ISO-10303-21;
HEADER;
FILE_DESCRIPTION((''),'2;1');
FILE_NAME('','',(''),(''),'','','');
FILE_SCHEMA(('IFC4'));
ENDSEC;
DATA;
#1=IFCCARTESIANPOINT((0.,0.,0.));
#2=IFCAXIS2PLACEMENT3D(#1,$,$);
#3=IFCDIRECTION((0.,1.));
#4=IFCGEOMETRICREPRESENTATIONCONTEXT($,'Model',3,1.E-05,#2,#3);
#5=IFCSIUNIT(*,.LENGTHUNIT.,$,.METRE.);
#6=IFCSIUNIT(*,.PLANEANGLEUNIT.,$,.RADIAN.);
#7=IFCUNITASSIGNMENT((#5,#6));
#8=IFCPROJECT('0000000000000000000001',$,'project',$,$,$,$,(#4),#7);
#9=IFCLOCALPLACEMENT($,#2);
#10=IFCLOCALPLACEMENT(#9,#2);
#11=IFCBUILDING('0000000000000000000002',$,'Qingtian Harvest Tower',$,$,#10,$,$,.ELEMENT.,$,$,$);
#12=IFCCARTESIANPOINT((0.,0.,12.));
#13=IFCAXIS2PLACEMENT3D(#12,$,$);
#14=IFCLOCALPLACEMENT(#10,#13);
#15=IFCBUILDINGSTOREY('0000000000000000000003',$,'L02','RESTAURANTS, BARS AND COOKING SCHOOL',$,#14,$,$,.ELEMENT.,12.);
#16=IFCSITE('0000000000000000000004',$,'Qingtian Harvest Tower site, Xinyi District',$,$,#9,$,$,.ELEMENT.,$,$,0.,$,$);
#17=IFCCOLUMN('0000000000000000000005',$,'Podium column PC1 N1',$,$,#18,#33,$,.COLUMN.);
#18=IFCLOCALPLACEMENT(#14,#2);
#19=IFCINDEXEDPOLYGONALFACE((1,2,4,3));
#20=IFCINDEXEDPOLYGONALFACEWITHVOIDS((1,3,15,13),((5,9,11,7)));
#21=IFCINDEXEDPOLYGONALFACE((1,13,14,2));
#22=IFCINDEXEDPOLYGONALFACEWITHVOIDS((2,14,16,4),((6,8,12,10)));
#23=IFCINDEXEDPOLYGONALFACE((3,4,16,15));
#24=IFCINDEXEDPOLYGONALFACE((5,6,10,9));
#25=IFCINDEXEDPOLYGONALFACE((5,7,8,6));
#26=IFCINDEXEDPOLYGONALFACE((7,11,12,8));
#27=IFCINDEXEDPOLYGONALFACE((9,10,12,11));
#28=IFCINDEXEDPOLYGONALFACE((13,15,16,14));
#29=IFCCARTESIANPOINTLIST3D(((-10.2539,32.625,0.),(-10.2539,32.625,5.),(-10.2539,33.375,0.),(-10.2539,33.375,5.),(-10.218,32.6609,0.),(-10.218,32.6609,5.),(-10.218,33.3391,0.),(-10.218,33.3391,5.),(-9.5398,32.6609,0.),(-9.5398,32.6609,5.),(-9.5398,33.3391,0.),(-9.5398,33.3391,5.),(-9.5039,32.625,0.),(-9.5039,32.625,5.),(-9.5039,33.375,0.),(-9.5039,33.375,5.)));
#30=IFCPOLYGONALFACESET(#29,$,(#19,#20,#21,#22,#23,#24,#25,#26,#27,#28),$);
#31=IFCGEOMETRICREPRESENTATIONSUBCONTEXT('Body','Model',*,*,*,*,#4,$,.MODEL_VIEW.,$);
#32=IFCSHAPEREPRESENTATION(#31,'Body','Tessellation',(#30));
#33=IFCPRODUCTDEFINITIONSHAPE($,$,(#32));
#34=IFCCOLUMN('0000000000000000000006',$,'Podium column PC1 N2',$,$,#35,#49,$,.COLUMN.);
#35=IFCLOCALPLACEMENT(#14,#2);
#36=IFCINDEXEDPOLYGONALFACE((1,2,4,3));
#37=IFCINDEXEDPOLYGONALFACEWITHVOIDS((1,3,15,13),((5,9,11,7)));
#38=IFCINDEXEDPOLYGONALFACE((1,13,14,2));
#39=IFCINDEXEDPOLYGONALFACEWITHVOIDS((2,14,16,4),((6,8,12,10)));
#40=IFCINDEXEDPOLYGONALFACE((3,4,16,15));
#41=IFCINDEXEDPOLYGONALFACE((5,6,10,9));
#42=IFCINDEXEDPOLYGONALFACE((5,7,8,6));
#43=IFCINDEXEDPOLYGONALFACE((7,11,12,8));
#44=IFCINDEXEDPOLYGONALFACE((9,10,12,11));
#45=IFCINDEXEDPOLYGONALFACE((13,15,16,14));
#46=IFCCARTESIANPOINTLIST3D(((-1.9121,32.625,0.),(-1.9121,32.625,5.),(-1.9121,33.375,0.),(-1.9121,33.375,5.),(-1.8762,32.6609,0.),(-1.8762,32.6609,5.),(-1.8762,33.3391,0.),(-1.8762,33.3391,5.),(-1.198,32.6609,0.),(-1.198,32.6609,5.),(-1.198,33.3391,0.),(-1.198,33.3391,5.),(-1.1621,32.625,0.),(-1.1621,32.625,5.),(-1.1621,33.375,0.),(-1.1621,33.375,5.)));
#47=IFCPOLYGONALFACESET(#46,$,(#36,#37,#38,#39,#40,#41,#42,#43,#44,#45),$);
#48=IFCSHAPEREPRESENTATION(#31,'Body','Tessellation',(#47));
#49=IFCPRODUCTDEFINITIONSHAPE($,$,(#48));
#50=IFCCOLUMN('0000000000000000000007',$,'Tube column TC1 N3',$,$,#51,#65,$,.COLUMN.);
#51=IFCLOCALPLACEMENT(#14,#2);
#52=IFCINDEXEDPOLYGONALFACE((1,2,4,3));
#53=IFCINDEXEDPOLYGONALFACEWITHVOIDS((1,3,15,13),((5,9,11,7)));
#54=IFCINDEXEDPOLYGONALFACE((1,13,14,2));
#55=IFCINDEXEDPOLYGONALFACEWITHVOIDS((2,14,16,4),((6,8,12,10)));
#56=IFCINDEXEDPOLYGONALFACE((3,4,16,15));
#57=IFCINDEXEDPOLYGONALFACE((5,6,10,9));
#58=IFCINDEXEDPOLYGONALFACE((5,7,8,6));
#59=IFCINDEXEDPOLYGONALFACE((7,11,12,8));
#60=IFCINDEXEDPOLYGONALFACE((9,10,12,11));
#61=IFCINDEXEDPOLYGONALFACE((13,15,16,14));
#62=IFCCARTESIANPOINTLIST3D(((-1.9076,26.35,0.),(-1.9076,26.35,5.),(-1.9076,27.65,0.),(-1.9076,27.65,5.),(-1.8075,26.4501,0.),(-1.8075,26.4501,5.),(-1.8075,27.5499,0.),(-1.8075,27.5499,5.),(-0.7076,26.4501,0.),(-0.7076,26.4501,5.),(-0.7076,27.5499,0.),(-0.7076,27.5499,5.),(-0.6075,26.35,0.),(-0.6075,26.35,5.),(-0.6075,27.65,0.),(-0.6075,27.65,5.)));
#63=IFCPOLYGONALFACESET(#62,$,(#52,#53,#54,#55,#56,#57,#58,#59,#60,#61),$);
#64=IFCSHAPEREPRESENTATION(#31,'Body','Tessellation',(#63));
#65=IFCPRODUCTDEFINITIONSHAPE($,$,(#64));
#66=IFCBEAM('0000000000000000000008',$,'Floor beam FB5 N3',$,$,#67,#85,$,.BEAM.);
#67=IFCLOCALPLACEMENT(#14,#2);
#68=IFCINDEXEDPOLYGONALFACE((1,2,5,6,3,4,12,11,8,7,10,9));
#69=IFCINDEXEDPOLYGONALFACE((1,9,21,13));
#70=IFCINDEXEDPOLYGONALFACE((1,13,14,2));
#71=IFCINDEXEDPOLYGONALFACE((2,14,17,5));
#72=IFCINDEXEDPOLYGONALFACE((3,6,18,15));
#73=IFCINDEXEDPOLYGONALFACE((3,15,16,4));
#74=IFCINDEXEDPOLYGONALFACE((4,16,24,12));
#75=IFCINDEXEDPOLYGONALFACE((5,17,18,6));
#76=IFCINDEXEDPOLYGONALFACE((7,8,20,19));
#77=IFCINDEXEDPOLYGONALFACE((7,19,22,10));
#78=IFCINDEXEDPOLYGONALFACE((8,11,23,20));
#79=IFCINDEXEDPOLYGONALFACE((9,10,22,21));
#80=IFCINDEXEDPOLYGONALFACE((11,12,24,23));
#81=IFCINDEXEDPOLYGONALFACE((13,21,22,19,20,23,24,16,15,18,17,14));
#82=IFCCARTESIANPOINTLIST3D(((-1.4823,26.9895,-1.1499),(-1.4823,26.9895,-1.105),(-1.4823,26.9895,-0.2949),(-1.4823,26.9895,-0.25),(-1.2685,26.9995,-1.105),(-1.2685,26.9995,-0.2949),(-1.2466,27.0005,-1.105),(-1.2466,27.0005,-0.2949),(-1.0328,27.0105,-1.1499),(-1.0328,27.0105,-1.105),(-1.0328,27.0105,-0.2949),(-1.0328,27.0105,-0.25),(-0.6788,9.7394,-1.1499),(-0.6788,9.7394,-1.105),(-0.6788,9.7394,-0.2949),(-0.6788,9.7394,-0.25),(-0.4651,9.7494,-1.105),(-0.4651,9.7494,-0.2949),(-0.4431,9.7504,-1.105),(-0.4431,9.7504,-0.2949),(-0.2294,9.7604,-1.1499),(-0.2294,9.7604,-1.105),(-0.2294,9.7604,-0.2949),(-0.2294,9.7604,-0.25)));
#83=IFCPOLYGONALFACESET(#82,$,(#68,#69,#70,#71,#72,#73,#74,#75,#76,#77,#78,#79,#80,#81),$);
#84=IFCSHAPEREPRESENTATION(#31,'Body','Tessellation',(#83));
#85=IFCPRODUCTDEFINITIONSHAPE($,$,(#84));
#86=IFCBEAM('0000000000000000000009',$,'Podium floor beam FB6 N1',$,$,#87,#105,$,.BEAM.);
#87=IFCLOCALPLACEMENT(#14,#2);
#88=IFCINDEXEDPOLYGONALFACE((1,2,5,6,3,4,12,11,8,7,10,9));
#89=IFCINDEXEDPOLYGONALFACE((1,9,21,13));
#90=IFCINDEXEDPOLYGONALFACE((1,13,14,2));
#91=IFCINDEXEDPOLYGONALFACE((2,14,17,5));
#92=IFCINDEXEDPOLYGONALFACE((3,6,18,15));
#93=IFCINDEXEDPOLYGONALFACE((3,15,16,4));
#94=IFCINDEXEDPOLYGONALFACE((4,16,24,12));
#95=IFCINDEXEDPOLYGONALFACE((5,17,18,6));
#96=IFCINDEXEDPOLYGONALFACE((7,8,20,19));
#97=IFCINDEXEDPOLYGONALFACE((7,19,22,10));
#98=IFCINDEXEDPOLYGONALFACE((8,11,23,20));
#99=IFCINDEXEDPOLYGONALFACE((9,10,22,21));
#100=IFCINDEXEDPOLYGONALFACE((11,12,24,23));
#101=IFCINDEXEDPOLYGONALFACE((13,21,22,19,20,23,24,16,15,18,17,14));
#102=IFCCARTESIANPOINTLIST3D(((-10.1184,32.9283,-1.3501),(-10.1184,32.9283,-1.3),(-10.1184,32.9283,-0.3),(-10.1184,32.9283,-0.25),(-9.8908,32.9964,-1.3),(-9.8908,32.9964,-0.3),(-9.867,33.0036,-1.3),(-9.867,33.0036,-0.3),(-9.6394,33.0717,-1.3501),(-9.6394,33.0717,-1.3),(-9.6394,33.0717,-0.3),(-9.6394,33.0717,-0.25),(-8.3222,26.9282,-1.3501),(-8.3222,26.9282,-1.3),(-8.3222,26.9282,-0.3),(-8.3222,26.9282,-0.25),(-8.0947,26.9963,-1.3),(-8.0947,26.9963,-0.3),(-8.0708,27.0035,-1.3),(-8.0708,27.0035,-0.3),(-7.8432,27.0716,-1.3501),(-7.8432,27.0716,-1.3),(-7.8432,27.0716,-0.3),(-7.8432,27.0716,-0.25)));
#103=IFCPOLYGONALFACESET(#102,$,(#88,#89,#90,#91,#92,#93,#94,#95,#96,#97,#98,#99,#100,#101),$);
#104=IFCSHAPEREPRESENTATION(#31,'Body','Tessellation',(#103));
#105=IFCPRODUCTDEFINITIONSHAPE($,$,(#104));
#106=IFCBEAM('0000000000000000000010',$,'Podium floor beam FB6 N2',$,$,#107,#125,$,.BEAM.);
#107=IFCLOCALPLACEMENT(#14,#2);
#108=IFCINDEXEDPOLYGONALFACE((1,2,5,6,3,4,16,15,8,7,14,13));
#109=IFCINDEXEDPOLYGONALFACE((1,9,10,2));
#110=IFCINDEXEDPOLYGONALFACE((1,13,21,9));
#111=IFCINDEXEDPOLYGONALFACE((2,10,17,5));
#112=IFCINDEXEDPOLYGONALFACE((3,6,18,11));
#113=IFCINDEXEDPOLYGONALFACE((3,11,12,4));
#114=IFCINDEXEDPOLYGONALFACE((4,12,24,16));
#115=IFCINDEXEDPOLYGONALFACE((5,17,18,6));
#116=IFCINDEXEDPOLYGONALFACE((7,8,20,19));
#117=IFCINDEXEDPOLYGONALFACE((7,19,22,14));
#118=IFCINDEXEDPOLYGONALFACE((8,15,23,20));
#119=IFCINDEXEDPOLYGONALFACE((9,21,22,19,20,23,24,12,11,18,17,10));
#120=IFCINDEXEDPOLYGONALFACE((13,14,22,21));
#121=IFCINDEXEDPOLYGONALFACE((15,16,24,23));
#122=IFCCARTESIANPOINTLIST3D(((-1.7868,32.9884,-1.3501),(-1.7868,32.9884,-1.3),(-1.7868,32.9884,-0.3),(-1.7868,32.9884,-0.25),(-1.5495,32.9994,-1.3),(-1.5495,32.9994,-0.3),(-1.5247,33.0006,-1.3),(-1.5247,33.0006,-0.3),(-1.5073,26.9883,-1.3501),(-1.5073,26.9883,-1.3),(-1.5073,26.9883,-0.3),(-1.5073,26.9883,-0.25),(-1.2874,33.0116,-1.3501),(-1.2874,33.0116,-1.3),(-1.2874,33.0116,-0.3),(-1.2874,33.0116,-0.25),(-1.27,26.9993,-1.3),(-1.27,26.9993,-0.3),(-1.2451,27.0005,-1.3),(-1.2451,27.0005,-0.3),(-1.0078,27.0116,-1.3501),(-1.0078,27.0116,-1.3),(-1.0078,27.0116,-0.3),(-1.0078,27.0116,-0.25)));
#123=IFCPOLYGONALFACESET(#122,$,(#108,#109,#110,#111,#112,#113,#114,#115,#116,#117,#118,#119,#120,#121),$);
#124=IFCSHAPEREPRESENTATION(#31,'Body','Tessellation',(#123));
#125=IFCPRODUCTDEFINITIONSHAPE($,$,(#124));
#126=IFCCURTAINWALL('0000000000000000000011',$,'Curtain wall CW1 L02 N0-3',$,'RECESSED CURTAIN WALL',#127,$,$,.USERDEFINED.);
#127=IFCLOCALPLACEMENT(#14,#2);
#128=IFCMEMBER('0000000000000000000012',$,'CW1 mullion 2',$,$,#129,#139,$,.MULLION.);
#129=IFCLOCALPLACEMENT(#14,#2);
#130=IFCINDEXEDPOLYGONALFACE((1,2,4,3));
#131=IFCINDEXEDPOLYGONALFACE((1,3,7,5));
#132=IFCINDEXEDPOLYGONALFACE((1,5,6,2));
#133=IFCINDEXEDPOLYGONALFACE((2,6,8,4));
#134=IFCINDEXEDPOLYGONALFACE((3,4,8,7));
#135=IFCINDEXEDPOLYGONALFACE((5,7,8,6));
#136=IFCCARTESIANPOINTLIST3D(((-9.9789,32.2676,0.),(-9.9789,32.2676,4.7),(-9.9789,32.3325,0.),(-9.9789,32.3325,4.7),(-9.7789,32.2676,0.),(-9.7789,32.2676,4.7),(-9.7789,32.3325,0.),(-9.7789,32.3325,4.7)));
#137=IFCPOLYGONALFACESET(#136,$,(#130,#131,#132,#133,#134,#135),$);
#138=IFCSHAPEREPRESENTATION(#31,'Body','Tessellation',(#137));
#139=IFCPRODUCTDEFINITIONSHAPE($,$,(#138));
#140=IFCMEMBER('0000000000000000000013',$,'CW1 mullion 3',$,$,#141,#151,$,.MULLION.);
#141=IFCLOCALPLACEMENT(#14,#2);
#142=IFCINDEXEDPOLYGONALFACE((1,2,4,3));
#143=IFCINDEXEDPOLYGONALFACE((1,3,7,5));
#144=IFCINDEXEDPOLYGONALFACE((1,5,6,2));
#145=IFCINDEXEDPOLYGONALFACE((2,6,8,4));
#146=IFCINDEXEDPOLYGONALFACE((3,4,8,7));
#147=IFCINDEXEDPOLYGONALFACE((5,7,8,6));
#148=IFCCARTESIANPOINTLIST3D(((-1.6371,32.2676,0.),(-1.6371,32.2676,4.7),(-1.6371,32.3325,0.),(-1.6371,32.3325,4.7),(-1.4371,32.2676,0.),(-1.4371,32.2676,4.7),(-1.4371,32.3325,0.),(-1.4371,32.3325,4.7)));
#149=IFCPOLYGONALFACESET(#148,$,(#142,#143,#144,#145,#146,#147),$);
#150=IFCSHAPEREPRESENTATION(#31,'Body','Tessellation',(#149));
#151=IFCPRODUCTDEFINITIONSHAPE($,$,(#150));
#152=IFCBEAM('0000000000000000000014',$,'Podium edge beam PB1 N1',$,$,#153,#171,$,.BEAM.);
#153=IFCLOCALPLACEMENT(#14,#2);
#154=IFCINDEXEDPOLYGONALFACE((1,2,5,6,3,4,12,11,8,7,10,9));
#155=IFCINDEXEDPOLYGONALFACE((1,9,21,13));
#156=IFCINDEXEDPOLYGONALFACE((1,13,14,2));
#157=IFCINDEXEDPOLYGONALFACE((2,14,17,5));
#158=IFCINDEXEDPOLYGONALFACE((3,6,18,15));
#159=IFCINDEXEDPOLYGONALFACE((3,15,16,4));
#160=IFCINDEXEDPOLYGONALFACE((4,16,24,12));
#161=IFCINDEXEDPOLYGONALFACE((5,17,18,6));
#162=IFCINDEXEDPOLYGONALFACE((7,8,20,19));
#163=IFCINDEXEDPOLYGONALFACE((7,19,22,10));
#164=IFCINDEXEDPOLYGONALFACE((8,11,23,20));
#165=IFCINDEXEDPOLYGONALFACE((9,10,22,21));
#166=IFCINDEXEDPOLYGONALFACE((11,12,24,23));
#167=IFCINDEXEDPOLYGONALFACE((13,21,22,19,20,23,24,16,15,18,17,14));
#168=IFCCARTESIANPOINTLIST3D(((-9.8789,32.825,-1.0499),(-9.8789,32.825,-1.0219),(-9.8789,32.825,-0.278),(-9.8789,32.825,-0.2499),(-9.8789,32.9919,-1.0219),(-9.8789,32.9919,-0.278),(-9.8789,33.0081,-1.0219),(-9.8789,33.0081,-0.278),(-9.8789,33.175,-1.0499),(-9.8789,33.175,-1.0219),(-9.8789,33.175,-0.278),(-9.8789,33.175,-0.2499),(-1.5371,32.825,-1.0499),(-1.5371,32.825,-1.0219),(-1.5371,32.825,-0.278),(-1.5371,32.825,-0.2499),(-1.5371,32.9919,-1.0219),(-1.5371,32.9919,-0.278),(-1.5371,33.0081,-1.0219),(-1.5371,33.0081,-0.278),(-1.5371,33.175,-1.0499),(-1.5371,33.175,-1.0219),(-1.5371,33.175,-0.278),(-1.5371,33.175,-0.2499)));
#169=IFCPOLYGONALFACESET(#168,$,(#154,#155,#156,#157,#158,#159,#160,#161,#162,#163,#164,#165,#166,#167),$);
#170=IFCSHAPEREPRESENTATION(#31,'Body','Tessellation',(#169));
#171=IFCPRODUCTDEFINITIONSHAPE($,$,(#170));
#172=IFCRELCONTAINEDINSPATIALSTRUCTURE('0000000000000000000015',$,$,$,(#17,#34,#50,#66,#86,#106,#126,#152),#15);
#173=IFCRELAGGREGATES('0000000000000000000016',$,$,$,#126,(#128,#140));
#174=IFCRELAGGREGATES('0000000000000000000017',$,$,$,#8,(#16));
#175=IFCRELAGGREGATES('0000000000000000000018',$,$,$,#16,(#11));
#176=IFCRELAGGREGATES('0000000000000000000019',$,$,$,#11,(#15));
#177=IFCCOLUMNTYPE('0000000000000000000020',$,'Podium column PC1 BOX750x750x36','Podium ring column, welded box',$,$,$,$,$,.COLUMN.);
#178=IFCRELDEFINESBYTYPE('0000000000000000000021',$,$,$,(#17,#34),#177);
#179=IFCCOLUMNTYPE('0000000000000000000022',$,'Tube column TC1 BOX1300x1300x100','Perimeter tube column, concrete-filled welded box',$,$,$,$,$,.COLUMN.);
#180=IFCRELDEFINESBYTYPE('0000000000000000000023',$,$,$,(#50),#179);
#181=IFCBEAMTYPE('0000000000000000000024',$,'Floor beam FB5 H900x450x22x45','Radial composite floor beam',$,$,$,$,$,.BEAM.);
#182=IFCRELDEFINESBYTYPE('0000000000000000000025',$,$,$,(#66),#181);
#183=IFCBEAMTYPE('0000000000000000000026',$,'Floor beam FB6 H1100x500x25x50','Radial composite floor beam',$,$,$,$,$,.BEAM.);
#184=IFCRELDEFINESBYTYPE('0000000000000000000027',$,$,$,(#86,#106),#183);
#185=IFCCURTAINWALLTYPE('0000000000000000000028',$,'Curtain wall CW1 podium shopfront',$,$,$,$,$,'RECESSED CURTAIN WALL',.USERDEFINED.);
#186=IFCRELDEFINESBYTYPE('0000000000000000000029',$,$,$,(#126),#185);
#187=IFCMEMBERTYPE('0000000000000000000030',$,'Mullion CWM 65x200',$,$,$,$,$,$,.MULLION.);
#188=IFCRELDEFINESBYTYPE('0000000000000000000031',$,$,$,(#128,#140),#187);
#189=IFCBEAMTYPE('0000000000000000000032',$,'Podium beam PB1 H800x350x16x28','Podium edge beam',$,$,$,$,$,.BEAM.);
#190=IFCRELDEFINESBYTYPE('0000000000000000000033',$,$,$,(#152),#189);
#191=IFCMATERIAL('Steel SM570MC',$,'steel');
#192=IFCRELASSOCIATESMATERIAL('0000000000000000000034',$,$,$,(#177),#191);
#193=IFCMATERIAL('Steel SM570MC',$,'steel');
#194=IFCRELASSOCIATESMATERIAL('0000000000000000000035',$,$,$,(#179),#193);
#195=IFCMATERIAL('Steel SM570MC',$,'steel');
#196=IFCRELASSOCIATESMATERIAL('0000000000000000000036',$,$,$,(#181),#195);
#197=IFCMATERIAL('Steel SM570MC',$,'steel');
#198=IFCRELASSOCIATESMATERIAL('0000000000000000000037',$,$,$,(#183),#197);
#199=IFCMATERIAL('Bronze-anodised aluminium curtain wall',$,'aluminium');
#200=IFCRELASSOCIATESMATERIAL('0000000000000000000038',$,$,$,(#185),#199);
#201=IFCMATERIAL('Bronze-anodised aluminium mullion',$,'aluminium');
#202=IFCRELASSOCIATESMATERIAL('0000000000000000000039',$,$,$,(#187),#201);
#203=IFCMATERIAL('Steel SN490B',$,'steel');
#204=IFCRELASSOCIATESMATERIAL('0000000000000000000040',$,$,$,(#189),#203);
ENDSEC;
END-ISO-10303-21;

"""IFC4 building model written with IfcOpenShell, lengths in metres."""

from ifc_helpers import new_model, si_unit, direction, frame, origin, origin_2d, place, context, subcontext, project, spatial, rectangle, hollow_rectangle, i_section, extrude, material, material_profile, profile_set, type_object, element, aggregate, save


model = new_model("IFC4")

# Units and contexts
model_context = context("Model", 3, precision=1e-05, world=origin(), true_north=direction((0.0, 1.0)))
body_context = subcontext(model_context, "Body", "Model", "MODEL_VIEW")
ifc_project = project(units=[si_unit("LENGTHUNIT", "METRE"), si_unit("PLANEANGLEUNIT", "RADIAN")], contexts=[model_context])

# Site, building, storey
site_placement = place(None, origin())
site = spatial("IfcSite", under=ifc_project, at=site_placement, Name="Qingtian Harvest Tower site, Xinyi District", CompositionType="ELEMENT", RefElevation=0.0)
building_placement = place(site_placement, origin())
building = spatial("IfcBuilding", under=site, at=building_placement, Name="Qingtian Harvest Tower", CompositionType="ELEMENT")
storey_placement = place(building_placement, frame((0.0, 0.0, 12.0)))
storey = spatial("IfcBuildingStorey", under=building, at=storey_placement, Name="L02", Description="RESTAURANTS, BARS AND COOKING SCHOOL", CompositionType="ELEMENT", Elevation=12.0)

# Columns
ifc_material_1 = material(Name="Steel SM570MC", Category="steel")
ifc_material_profile_1 = material_profile(ifc_material_1, hollow_rectangle(XDim=0.75, YDim=0.75, WallThickness=0.0359, at=origin_2d()), Name="BOX750x750x36")
ifc_profile_set_1 = profile_set([ifc_material_profile_1], Name="Steel SM570MC")
column_type_1 = type_object("IfcColumnType", Name="Podium column PC1 BOX750x750x36", Description="Podium ring column, welded box", PredefinedType="COLUMN", material=ifc_profile_set_1)
for number, where, z_axis, x_axis, name in (
    (1, (-9.8789, 33.0, 0.0), (0.0, 0.0, 1.0), (-1.0, 0.0, 0.0), "Podium column PC1 N1"),
    (2, (-1.5371, 33.0, 0.0), (0.0, 0.0, 1.0), (-1.0, 0.0, 0.0), "Podium column PC1 N2"),
):
    element("IfcColumn", number, at=place(storey_placement, frame(where, z_axis=z_axis, x_axis=x_axis)), inside=storey, type_object=column_type_1, Name=name, PredefinedType="COLUMN", context=body_context, shape_type="SweptSolid", body=[
        extrude(hollow_rectangle(XDim=0.75, YDim=0.75, WallThickness=0.0359, at=origin_2d()), origin(), (0.0, 0.0, 1.0), 5.0),
    ])
ifc_material_2 = material(Name="Steel SM570MC", Category="steel")
ifc_material_profile_2 = material_profile(ifc_material_2, hollow_rectangle(XDim=1.3, YDim=1.3, WallThickness=0.1001, at=origin_2d()), Name="BOX1300x1300x100")
ifc_profile_set_2 = profile_set([ifc_material_profile_2], Name="Steel SM570MC")
column_type_2 = type_object("IfcColumnType", Name="Tube column TC1 BOX1300x1300x100", Description="Perimeter tube column, concrete-filled welded box", PredefinedType="COLUMN", material=ifc_profile_set_2)
column_placement = place(storey_placement, frame((-1.2576, 27.0, 0.0), z_axis=(0.0, 0.0, 1.0), x_axis=(-1.0, 0.0, 0.0)))
element("IfcColumn", 3, at=column_placement, inside=storey, type_object=column_type_2, Name="Tube column TC1 N3", PredefinedType="COLUMN", context=body_context, shape_type="SweptSolid", body=[
    extrude(hollow_rectangle(XDim=1.3, YDim=1.3, WallThickness=0.1001, at=origin_2d()), origin(), (0.0, 0.0, 1.0), 5.0),
])

# Beams
ifc_material_3 = material(Name="Steel SM570MC", Category="steel")
ifc_material_profile_3 = material_profile(ifc_material_3, i_section(OverallWidth=0.45, OverallDepth=0.8999, WebThickness=0.022, FlangeThickness=0.0449, at=origin_2d()), Name="H900x450x22x45")
ifc_profile_set_3 = profile_set([ifc_material_profile_3], Name="Steel SM570MC")
beam_type_1 = type_object("IfcBeamType", Name="Floor beam FB5 H900x450x22x45", Description="Radial composite floor beam", PredefinedType="BEAM", material=ifc_profile_set_3)
beam_1_placement = place(storey_placement, frame((-1.2576, 27.0, -0.7), z_axis=(0.046527, -0.998917, 0.0), x_axis=(0.998917, 0.046527, 0.0)))
element("IfcBeam", 4, at=beam_1_placement, inside=storey, type_object=beam_type_1, Name="Floor beam FB5 N3", PredefinedType="BEAM", context=body_context, shape_type="SweptSolid", body=[
    extrude(i_section(OverallWidth=0.45, OverallDepth=0.8999, WebThickness=0.022, FlangeThickness=0.0449, at=origin_2d()), origin(), (0.0, 0.0, 1.0), 17.2688),
])
ifc_material_4 = material(Name="Steel SM570MC", Category="steel")
ifc_material_profile_4 = material_profile(ifc_material_4, i_section(OverallWidth=0.5, OverallDepth=1.1001, WebThickness=0.0249, FlangeThickness=0.05, at=origin_2d()), Name="H1100x500x25x50")
ifc_profile_set_4 = profile_set([ifc_material_profile_4], Name="Steel SM570MC")
beam_type_2 = type_object("IfcBeamType", Name="Floor beam FB6 H1100x500x25x50", Description="Radial composite floor beam", PredefinedType="BEAM", material=ifc_profile_set_4)
beam_2_placement = place(storey_placement, frame((-9.8789, 33.0, -0.8), z_axis=(0.286783, -0.957996, 0.0), x_axis=(0.957996, 0.286783, 0.0)))
element("IfcBeam", 5, at=beam_2_placement, inside=storey, type_object=beam_type_2, Name="Podium floor beam FB6 N1", PredefinedType="BEAM", context=body_context, shape_type="SweptSolid", body=[
    extrude(i_section(OverallWidth=0.5, OverallDepth=1.1001, WebThickness=0.0249, FlangeThickness=0.05, at=origin_2d()), origin(), (0.0, 0.0, 1.0), 6.2632),
])
beam_3_placement = place(storey_placement, frame((-1.5371, 33.0, -0.8), z_axis=(0.04654, -0.998916, 0.0), x_axis=(0.998916, 0.04654, 0.0)))
element("IfcBeam", 6, at=beam_3_placement, inside=storey, type_object=beam_type_2, Name="Podium floor beam FB6 N2", PredefinedType="BEAM", context=body_context, shape_type="SweptSolid", body=[
    extrude(i_section(OverallWidth=0.5, OverallDepth=1.1001, WebThickness=0.0249, FlangeThickness=0.05, at=origin_2d()), origin(), (0.0, 0.0, 1.0), 6.0066),
])

# Curtain wall, members
ifc_material_5 = material(Name="Bronze-anodised aluminium curtain wall", Category="aluminium")
curtain_wall_type = type_object("IfcCurtainWallType", Name="Curtain wall CW1 podium shopfront", ElementType="RECESSED CURTAIN WALL", PredefinedType="USERDEFINED", material=ifc_material_5)
curtain_wall_placement = place(storey_placement, origin())
curtain_wall = element("IfcCurtainWall", 7, at=curtain_wall_placement, inside=storey, type_object=curtain_wall_type, Name="Curtain wall CW1 L02 N0-3", ObjectType="RECESSED CURTAIN WALL", PredefinedType="USERDEFINED")
ifc_material_6 = material(Name="Bronze-anodised aluminium mullion", Category="aluminium")
ifc_material_profile_5 = material_profile(ifc_material_6, rectangle(XDim=0.0649, YDim=0.2, at=origin_2d()), Name="AL 65x200")
ifc_profile_set_5 = profile_set([ifc_material_profile_5], Name="Bronze-anodised aluminium mullion")
member_type_1 = type_object("IfcMemberType", Name="Mullion CWM 65x200", PredefinedType="MULLION", material=ifc_profile_set_5)
member_1_placement = place(storey_placement, frame((-9.8789, 32.3, 0.0), z_axis=(0.0, 0.0, 1.0), x_axis=(0.0, 1.0, 0.0)))
member_1 = element("IfcMember", 8, at=member_1_placement, type_object=member_type_1, Name="CW1 mullion 2", PredefinedType="MULLION", context=body_context, shape_type="SweptSolid", body=[
    extrude(rectangle(XDim=0.0649, YDim=0.2, at=origin_2d()), origin(), (0.0, 0.0, 1.0), 4.7),
])
member_2_placement = place(storey_placement, frame((-1.5371, 32.3, 0.0), z_axis=(0.0, 0.0, 1.0), x_axis=(0.0, 1.0, 0.0)))
member_2 = element("IfcMember", 9, at=member_2_placement, type_object=member_type_1, Name="CW1 mullion 3", PredefinedType="MULLION", context=body_context, shape_type="SweptSolid", body=[
    extrude(rectangle(XDim=0.0649, YDim=0.2, at=origin_2d()), origin(), (0.0, 0.0, 1.0), 4.7),
])

# Beam
ifc_material_7 = material(Name="Steel SN490B", Category="steel")
ifc_material_profile_6 = material_profile(ifc_material_7, i_section(OverallWidth=0.3501, OverallDepth=0.8, WebThickness=0.0161, FlangeThickness=0.0281, at=origin_2d()), Name="H800x350x16x28")
ifc_profile_set_6 = profile_set([ifc_material_profile_6], Name="Steel SN490B")
beam_type_3 = type_object("IfcBeamType", Name="Podium beam PB1 H800x350x16x28", Description="Podium edge beam", PredefinedType="BEAM", material=ifc_profile_set_6)
for number, where, z_axis, x_axis, name in (
    (10, (-9.8789, 33.0, -0.6499), (1.0, 0.0, 0.0), (0.0, 1.0, 0.0), "Podium edge beam PB1 N1"),
):
    element("IfcBeam", number, at=place(storey_placement, frame(where, z_axis=z_axis, x_axis=x_axis)), inside=storey, type_object=beam_type_3, Name=name, PredefinedType="BEAM", context=body_context, shape_type="SweptSolid", body=[
        extrude(i_section(OverallWidth=0.3501, OverallDepth=0.8, WebThickness=0.0161, FlangeThickness=0.0281, at=origin_2d()), origin(), (0.0, 0.0, 1.0), 8.3418),
    ])

aggregate(curtain_wall, [member_1, member_2])

save(model, "model.ifc")
